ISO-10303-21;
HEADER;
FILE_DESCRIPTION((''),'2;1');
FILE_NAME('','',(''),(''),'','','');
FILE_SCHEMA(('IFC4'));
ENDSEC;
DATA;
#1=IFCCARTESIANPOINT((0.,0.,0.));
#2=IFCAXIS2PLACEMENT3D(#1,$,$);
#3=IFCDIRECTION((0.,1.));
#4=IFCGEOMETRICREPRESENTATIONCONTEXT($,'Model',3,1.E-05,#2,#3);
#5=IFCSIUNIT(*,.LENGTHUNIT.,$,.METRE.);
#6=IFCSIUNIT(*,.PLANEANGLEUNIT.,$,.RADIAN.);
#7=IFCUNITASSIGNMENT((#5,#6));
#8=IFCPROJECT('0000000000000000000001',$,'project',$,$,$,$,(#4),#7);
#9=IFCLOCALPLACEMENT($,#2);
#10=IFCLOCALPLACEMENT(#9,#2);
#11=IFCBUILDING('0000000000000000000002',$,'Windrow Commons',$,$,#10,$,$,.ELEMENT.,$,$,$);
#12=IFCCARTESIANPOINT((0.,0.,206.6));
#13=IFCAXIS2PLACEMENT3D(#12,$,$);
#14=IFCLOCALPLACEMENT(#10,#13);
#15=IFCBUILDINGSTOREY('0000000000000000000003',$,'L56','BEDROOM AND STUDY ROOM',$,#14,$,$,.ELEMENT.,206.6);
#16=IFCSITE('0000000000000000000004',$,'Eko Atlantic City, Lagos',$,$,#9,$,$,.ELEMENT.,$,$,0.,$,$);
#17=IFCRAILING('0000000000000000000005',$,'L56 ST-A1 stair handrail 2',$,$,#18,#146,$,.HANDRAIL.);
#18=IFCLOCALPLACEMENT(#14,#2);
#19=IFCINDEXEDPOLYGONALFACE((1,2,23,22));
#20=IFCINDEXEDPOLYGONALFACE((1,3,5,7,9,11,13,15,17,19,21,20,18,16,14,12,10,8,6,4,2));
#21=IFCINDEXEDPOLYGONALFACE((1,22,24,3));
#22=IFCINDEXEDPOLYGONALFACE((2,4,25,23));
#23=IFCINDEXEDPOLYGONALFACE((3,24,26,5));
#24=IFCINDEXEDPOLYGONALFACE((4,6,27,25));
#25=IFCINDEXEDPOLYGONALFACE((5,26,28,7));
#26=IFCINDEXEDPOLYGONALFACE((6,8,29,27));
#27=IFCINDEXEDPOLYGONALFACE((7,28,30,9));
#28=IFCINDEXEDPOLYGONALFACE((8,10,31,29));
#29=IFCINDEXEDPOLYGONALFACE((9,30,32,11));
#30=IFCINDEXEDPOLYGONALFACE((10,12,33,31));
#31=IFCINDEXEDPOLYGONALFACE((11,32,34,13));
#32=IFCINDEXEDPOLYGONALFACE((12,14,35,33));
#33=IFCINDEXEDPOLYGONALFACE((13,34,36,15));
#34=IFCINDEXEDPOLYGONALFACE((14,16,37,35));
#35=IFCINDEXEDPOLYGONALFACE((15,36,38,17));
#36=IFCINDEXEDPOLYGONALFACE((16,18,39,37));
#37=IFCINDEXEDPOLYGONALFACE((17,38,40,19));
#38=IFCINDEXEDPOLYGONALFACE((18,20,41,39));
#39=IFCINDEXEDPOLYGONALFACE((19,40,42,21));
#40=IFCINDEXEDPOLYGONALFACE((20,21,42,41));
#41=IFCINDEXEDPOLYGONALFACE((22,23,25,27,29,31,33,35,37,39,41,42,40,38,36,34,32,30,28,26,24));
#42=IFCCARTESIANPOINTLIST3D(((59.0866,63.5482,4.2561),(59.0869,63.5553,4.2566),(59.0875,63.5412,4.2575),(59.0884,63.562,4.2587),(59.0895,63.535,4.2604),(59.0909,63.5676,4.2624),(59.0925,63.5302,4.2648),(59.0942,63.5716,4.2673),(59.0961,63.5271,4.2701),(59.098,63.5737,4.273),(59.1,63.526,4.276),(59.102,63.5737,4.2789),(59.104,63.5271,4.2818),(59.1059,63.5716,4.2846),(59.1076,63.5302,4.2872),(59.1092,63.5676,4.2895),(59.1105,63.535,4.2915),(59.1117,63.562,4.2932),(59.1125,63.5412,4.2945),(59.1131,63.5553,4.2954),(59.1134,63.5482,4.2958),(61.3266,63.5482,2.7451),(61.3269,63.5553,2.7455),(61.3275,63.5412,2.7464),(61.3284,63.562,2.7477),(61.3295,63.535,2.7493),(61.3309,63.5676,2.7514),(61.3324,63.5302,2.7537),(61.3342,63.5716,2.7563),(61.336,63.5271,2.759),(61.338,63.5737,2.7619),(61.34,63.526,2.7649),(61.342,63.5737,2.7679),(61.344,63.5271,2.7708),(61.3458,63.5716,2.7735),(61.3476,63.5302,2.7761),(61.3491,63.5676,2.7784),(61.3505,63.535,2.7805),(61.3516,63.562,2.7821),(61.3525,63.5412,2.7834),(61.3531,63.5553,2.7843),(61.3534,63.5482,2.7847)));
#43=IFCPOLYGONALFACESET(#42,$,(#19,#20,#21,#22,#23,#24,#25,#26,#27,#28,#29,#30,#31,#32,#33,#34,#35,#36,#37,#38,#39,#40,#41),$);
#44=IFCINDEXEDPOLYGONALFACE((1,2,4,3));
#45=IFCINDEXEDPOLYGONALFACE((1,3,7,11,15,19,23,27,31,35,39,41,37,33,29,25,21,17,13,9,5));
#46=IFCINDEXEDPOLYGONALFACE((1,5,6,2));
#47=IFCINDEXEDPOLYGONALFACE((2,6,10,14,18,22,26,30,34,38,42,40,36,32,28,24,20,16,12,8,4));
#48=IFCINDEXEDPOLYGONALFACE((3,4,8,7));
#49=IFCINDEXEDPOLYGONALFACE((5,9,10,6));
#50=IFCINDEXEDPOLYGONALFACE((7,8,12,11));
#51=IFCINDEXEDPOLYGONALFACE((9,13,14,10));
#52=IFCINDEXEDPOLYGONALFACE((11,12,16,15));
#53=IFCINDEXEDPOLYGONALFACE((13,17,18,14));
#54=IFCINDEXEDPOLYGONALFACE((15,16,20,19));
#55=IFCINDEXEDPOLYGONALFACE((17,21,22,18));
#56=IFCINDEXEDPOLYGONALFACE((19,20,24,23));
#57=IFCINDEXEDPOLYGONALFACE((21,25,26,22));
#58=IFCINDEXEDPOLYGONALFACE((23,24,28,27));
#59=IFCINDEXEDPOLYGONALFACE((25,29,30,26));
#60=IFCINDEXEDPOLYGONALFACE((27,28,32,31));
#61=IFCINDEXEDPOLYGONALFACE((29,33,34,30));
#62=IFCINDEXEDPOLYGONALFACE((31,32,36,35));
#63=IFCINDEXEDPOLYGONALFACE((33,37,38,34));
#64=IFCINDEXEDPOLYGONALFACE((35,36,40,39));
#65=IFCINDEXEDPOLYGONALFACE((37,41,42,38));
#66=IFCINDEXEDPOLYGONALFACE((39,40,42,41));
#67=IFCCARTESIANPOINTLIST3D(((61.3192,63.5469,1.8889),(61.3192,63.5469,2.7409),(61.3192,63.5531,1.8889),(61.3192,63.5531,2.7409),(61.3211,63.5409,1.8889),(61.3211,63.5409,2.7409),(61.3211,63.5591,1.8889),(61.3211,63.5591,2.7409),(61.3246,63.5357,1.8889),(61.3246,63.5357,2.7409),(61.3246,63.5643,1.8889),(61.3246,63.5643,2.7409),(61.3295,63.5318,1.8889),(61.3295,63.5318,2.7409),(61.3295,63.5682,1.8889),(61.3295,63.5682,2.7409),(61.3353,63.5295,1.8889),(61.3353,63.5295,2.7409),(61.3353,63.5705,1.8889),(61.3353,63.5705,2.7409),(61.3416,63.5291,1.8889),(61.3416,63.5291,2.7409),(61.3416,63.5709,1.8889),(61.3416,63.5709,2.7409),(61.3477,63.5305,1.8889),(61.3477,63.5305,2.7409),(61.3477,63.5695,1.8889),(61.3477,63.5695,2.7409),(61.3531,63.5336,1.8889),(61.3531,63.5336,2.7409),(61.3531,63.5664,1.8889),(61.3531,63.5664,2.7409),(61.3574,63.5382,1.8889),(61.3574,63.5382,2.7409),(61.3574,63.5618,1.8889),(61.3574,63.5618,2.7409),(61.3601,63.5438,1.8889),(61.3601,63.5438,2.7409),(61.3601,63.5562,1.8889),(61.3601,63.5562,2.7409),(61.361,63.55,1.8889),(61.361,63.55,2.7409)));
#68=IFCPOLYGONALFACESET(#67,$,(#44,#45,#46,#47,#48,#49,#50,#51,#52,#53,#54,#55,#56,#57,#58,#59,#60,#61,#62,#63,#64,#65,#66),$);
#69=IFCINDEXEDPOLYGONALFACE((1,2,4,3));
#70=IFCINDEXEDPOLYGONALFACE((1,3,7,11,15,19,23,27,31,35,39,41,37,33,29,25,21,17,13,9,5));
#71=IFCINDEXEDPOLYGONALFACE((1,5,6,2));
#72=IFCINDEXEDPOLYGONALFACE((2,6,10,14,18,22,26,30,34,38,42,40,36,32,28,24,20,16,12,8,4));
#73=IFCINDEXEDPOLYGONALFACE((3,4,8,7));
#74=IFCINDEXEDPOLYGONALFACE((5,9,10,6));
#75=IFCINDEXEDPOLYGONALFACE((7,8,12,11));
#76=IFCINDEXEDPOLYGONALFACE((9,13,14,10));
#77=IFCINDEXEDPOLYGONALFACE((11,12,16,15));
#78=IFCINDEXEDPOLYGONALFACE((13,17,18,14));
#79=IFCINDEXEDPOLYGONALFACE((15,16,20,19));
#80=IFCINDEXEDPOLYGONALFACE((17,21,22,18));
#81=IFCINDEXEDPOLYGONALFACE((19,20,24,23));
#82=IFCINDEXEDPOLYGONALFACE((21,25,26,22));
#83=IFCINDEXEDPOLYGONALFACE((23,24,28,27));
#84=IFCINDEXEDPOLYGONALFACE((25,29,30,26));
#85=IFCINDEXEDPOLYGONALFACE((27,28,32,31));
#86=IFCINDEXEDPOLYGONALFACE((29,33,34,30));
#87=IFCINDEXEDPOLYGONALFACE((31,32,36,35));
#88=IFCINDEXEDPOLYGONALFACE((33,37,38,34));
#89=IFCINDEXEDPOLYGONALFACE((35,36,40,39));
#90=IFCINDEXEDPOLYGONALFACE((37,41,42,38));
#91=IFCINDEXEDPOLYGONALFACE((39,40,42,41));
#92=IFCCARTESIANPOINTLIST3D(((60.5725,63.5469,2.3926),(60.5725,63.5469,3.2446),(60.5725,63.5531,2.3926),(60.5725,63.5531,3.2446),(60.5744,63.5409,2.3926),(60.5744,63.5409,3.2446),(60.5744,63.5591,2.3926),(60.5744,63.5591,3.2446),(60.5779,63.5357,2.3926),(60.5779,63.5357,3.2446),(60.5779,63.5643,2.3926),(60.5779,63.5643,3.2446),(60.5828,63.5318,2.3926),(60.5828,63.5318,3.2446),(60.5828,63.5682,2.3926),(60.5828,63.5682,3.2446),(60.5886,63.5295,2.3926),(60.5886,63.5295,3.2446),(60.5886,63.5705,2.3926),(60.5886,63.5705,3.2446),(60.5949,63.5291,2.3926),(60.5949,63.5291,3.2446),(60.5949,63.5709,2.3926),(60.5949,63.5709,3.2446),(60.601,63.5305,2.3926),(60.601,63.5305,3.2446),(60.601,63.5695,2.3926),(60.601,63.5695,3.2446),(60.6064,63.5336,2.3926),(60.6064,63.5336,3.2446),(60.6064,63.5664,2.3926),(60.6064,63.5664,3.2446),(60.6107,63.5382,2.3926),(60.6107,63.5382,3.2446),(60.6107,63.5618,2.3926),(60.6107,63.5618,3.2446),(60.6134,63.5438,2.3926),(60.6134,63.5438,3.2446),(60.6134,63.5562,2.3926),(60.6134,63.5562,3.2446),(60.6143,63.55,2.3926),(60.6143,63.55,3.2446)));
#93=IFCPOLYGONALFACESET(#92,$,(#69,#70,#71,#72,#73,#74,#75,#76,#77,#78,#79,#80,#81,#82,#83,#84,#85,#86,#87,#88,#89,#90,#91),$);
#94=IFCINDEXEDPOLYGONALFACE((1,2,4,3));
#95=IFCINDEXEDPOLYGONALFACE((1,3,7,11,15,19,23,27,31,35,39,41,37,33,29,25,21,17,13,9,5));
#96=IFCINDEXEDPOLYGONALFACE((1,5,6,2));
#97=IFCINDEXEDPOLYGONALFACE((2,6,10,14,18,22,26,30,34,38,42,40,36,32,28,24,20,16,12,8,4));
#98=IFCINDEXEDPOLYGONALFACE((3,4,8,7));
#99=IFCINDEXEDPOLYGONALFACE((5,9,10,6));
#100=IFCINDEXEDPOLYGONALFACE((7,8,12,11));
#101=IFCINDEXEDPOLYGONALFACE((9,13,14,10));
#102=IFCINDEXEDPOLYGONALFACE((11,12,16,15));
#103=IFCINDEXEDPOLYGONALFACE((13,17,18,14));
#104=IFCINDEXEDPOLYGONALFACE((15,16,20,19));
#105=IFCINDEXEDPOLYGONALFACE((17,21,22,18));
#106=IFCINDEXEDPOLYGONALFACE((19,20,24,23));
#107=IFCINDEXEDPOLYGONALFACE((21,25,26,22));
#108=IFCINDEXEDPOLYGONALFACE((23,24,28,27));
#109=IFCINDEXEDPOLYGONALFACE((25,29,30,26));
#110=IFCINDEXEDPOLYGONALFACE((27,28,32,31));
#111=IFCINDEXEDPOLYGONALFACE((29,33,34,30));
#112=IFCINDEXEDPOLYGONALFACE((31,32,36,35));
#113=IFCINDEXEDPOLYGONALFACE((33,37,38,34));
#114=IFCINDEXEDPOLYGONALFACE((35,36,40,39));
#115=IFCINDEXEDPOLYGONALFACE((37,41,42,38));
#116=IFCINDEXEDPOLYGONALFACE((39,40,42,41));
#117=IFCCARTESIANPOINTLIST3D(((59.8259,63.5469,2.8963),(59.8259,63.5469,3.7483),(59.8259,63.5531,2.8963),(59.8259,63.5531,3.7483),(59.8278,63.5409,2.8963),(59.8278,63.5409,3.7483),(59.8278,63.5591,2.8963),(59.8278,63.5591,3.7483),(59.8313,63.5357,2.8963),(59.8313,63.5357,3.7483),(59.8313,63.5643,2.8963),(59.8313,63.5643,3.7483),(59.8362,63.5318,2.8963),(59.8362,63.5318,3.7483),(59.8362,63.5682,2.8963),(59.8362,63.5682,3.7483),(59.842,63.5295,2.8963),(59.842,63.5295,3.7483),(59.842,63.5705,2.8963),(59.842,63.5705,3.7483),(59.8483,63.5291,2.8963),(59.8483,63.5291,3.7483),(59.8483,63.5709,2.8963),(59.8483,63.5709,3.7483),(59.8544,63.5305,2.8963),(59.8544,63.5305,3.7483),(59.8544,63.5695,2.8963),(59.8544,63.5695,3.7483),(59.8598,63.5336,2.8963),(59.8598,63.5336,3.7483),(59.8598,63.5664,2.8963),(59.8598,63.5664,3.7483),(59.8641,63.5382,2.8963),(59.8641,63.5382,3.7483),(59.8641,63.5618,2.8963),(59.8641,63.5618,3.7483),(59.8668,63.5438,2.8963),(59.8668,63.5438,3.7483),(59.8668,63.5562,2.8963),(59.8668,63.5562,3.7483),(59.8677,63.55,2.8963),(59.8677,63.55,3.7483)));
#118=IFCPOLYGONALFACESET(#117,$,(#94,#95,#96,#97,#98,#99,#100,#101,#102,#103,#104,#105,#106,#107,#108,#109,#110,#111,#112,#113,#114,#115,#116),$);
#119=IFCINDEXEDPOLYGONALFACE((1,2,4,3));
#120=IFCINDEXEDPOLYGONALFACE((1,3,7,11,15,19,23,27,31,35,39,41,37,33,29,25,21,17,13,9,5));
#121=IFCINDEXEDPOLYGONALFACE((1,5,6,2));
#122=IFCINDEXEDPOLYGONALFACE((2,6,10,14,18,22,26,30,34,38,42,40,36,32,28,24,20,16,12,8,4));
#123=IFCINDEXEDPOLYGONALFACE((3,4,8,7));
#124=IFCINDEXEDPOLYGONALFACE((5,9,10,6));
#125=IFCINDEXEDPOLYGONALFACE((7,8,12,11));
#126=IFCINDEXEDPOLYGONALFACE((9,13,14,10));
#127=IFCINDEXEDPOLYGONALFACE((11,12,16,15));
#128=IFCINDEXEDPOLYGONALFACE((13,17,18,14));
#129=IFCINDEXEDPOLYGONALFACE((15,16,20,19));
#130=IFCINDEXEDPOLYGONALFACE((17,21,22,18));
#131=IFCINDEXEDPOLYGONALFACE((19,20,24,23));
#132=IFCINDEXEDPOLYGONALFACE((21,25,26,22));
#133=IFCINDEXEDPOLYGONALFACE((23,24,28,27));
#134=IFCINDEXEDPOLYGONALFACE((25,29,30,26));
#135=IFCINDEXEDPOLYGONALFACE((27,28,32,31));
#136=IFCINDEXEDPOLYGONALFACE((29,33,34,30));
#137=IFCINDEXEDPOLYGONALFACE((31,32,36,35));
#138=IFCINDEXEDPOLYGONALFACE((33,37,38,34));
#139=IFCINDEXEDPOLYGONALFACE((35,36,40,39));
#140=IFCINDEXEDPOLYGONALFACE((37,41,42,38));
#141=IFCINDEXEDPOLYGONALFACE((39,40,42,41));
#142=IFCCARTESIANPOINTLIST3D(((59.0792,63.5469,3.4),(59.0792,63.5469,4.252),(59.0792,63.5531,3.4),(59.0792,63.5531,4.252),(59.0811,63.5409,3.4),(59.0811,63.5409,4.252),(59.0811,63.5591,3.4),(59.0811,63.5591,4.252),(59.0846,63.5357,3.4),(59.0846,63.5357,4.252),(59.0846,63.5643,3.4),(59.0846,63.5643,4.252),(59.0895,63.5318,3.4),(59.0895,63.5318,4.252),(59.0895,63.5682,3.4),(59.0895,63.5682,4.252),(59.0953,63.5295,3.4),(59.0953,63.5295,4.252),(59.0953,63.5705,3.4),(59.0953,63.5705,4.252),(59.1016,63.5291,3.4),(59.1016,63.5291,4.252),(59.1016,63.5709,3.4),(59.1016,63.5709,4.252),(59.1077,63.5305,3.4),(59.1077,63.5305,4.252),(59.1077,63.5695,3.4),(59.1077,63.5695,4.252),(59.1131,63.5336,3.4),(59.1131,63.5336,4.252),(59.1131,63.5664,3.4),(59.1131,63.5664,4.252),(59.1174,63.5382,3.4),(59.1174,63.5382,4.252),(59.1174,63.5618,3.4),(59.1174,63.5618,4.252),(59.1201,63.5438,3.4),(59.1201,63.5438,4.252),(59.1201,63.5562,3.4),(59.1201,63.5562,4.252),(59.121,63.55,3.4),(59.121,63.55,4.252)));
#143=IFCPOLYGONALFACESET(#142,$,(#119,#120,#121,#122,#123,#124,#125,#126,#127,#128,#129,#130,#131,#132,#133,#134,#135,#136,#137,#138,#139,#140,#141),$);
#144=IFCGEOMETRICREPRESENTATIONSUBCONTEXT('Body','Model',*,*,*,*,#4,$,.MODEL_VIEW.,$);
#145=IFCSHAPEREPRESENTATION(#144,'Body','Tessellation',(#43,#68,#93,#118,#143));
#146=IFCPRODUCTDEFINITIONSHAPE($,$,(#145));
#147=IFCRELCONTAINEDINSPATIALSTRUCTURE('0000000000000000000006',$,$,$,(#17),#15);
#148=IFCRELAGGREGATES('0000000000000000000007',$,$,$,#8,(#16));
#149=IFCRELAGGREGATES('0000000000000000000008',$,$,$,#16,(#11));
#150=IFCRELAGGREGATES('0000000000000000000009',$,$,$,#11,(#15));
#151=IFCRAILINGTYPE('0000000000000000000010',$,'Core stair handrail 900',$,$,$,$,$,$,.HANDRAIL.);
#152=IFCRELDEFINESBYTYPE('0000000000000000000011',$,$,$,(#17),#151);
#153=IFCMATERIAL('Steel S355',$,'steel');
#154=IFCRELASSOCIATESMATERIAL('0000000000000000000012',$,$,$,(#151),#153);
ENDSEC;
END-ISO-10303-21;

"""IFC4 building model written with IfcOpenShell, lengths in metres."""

from ifc_helpers import new_model, si_unit, direction, frame, origin, origin_2d, place, context, subcontext, project, spatial, circle, extrude, material, type_object, element, save


model = new_model("IFC4")

# Units and contexts
model_context = context("Model", 3, precision=1e-05, world=origin(), true_north=direction((0.0, 1.0)))
body_context = subcontext(model_context, "Body", "Model", "MODEL_VIEW")
ifc_project = project(units=[si_unit("LENGTHUNIT", "METRE"), si_unit("PLANEANGLEUNIT", "RADIAN")], contexts=[model_context])

# Site, building, storey
site_placement = place(None, origin())
site = spatial("IfcSite", under=ifc_project, at=site_placement, Name="Eko Atlantic City, Lagos", CompositionType="ELEMENT", RefElevation=0.0)
building_placement = place(site_placement, origin())
building = spatial("IfcBuilding", under=site, at=building_placement, Name="Windrow Commons", CompositionType="ELEMENT")
storey_placement = place(building_placement, frame((0.0, 0.0, 206.6)))
storey = spatial("IfcBuildingStorey", under=building, at=storey_placement, Name="L56", Description="BEDROOM AND STUDY ROOM", CompositionType="ELEMENT", Elevation=206.6)

# Railing
ifc_material_1 = material(Name="Steel S355", Category="steel")
railing_type_1 = type_object("IfcRailingType", Name="Core stair handrail 900", PredefinedType="HANDRAIL", material=ifc_material_1)
railing_1_placement = place(storey_placement, frame((61.34, 63.55, 1.8889)))
element("IfcRailing", 1, at=railing_1_placement, inside=storey, type_object=railing_type_1, Name="L56 ST-A1 stair handrail 2", PredefinedType="HANDRAIL", context=body_context, shape_type="SweptSolid", body=[
    extrude(circle(Radius=0.024, at=origin_2d()), frame((0.0, 0.0, 0.876), z_axis=(-0.829003, 0.0, 0.559244), x_axis=(0.0, -1.0, 0.0)), (0.0, 0.0, 1.0), 2.702),
    extrude(circle(Radius=0.021, at=origin_2d()), origin(), (0.0, 0.0, 1.0), 0.852),
    extrude(circle(Radius=0.021, at=origin_2d()), frame((-0.7467, 0.0, 0.5037)), (0.0, 0.0, 1.0), 0.852),
    extrude(circle(Radius=0.021, at=origin_2d()), frame((-1.4933, 0.0, 1.0074)), (0.0, 0.0, 1.0), 0.852),
    extrude(circle(Radius=0.021, at=origin_2d()), frame((-2.24, 0.0, 1.5111)), (0.0, 0.0, 1.0), 0.852),
])

save(model, "model.ifc")
